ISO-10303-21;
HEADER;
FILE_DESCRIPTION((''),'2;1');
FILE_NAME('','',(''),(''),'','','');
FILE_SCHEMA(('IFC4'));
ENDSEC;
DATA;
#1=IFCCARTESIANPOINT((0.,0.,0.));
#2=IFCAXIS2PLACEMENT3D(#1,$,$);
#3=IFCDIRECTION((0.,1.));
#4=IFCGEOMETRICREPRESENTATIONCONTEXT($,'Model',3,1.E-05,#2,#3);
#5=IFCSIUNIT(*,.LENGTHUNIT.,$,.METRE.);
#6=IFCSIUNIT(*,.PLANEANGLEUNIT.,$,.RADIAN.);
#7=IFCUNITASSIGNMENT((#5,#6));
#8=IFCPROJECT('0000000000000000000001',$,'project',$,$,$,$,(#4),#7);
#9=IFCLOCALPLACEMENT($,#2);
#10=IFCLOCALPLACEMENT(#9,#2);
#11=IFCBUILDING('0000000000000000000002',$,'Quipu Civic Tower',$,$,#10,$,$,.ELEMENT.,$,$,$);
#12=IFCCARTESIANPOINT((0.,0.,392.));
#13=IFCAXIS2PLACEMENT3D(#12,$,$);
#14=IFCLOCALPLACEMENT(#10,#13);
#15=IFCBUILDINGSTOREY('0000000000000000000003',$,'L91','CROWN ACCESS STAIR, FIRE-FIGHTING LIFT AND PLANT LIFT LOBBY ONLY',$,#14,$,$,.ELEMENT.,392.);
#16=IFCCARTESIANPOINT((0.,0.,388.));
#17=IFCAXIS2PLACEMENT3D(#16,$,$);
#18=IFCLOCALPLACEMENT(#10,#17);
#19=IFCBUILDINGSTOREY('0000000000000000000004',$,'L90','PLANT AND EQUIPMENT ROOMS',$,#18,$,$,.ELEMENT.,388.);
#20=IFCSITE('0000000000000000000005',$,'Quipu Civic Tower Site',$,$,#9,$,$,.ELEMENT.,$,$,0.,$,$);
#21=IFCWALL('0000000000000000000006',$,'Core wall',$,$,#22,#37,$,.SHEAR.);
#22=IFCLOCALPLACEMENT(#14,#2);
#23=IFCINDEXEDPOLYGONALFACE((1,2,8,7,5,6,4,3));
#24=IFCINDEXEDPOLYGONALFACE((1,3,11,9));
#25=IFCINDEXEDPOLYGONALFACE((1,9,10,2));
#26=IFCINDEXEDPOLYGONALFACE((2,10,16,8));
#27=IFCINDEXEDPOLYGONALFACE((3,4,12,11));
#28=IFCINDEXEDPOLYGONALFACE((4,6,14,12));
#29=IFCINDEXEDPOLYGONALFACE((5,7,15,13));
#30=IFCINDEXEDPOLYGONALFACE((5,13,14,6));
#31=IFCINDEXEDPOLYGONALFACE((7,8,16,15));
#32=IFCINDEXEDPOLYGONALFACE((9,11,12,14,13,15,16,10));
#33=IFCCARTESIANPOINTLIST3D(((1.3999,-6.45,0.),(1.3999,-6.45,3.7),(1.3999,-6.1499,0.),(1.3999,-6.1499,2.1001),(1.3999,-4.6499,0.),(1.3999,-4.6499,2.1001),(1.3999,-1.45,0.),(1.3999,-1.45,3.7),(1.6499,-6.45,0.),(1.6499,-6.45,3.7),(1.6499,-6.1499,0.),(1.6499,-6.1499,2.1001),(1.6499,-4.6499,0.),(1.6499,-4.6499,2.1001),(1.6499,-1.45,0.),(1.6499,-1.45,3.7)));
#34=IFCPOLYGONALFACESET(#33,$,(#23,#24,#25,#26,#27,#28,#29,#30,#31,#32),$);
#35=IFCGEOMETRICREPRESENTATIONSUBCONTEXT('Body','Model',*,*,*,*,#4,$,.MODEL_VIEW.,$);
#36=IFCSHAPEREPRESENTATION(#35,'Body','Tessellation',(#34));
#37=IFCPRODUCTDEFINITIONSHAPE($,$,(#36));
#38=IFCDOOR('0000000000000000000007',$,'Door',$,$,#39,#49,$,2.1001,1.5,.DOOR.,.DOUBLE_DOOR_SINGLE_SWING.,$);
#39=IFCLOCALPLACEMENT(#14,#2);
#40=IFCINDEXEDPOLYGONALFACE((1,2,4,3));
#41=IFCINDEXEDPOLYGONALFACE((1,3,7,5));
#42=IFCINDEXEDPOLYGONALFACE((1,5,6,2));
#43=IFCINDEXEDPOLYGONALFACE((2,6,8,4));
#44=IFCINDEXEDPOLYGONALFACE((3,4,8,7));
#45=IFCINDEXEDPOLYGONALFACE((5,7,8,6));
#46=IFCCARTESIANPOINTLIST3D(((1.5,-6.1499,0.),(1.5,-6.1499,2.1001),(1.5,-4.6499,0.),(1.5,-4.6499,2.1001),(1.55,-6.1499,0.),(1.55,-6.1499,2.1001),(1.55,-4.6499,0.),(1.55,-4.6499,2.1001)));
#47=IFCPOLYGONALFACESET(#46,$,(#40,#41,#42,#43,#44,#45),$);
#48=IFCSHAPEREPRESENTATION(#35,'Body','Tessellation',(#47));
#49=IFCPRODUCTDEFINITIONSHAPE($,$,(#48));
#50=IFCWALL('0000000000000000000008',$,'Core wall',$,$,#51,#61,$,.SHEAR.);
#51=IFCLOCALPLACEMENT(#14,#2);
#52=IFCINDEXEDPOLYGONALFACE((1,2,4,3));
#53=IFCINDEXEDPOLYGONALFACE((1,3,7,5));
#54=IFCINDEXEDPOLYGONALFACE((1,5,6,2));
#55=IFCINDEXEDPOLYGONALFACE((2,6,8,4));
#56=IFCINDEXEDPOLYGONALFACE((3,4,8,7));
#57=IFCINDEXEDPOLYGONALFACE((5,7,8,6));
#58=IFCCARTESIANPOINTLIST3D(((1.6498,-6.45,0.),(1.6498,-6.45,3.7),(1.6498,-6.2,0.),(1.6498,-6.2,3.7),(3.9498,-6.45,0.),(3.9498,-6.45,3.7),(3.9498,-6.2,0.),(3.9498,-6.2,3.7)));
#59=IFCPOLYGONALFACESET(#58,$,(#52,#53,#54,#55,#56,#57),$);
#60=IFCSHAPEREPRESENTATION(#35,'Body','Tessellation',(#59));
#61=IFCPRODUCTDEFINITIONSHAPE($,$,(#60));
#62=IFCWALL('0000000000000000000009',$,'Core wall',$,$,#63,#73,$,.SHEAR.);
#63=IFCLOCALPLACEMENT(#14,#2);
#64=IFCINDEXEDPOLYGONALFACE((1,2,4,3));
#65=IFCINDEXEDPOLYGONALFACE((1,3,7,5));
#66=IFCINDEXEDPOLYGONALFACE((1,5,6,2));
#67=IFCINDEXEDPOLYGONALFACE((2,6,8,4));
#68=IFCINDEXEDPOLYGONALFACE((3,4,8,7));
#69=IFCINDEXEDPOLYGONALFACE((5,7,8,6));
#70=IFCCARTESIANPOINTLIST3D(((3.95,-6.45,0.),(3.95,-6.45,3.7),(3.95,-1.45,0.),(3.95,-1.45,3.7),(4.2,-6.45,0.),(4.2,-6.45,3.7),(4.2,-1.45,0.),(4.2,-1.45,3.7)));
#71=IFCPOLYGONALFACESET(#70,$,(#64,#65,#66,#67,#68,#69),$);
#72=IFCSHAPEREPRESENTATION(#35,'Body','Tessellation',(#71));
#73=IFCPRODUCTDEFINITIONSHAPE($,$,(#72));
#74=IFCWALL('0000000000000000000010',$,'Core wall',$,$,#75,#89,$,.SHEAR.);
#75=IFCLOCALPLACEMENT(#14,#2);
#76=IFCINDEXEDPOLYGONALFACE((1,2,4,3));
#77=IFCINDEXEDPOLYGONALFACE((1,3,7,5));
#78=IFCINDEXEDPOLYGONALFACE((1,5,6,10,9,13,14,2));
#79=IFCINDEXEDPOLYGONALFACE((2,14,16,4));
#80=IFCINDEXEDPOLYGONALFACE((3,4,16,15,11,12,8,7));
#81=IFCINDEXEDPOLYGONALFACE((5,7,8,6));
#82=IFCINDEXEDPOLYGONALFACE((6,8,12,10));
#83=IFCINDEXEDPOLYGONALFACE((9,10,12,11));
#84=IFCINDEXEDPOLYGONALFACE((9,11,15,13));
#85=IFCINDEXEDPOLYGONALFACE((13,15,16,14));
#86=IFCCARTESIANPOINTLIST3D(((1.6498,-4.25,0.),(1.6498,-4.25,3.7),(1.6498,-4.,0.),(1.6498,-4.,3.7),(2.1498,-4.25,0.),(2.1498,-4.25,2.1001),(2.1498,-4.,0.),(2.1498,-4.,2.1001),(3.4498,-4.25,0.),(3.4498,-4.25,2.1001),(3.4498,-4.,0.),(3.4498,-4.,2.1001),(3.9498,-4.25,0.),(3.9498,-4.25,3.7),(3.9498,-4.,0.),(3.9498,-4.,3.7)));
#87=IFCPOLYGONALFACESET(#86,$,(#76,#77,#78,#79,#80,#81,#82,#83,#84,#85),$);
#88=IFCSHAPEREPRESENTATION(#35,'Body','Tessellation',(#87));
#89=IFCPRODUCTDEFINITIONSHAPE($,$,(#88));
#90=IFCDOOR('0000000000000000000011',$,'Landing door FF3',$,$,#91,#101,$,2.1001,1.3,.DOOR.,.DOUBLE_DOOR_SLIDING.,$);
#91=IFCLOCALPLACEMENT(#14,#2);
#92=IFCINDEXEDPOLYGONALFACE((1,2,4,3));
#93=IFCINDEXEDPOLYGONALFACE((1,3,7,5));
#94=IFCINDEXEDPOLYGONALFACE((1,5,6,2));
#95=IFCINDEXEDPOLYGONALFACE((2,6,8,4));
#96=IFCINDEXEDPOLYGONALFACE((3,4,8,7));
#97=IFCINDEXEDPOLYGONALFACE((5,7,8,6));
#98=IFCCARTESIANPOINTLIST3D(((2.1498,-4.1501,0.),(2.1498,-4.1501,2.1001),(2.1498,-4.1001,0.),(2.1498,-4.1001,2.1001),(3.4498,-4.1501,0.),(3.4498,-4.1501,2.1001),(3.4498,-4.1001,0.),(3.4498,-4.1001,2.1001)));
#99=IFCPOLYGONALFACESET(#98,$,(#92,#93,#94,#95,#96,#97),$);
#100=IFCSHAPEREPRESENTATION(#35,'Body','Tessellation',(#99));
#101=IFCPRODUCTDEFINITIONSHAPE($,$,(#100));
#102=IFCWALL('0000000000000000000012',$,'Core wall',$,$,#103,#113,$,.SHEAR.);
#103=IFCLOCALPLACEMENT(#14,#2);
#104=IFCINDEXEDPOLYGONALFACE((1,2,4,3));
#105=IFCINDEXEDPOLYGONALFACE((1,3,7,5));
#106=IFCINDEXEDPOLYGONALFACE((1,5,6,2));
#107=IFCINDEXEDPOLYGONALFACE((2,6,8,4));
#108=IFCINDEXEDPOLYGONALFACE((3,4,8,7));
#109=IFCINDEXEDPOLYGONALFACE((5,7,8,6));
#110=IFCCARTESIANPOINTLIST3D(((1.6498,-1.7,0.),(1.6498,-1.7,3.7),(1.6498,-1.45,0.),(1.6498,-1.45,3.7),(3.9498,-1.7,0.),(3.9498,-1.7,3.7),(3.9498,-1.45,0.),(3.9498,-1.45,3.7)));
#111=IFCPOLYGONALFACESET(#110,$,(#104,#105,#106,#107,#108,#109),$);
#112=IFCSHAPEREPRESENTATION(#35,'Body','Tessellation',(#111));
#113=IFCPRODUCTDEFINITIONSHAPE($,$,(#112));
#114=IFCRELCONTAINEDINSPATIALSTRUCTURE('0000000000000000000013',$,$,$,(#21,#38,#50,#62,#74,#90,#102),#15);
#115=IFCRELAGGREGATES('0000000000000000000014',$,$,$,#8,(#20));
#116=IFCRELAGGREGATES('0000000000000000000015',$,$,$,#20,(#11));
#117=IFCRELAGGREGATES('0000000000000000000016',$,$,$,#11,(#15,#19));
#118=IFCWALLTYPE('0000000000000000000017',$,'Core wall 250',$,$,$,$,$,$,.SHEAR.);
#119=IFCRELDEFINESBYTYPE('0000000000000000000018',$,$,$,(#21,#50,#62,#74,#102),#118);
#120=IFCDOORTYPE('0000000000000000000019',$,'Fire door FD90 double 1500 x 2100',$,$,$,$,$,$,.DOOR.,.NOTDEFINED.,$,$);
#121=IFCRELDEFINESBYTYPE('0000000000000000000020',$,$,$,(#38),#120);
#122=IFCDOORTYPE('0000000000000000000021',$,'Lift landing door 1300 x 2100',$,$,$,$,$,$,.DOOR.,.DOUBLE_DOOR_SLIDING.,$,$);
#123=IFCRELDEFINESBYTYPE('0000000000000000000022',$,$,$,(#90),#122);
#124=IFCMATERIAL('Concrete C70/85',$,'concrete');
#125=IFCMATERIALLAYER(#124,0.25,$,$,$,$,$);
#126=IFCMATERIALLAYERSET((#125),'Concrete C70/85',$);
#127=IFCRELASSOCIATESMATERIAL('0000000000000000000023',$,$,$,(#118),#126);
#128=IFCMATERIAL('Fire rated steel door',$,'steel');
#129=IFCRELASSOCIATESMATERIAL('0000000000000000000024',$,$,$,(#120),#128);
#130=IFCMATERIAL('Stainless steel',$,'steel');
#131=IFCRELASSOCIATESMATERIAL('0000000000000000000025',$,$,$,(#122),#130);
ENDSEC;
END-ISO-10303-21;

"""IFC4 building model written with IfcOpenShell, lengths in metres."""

from ifc_helpers import new_model, si_unit, direction, frame, frame_2d, origin, place, context, subcontext, project, spatial, rectangle, extrude, material, layer, layer_set, type_object, element, fill, save


model = new_model("IFC4")

# Units and contexts
model_context = context("Model", 3, precision=1e-05, world=origin(), true_north=direction((0.0, 1.0)))
body_context = subcontext(model_context, "Body", "Model", "MODEL_VIEW")
ifc_project = project(units=[si_unit("LENGTHUNIT", "METRE"), si_unit("PLANEANGLEUNIT", "RADIAN")], contexts=[model_context])

# Site, building, storey
site_placement = place(None, origin())
site = spatial("IfcSite", under=ifc_project, at=site_placement, Name="Quipu Civic Tower Site", CompositionType="ELEMENT", RefElevation=0.0)
building_placement = place(site_placement, origin())
building = spatial("IfcBuilding", under=site, at=building_placement, Name="Quipu Civic Tower", CompositionType="ELEMENT")
storey_1_placement = place(building_placement, frame((0.0, 0.0, 392.0)))
storey_1 = spatial("IfcBuildingStorey", under=building, at=storey_1_placement, Name="L91", Description="CROWN ACCESS STAIR, FIRE-FIGHTING LIFT AND PLANT LIFT LOBBY ONLY", CompositionType="ELEMENT", Elevation=392.0)

# Shared definitions
storey_2_placement = place(building_placement, frame((0.0, 0.0, 388.0)))
storey_2 = spatial("IfcBuildingStorey", under=building, at=storey_2_placement, Name="L90", Description="PLANT AND EQUIPMENT ROOMS", CompositionType="ELEMENT", Elevation=388.0)

# Wall, opening, door
ifc_material_1 = material(Name="Concrete C70/85", Category="concrete")
ifc_layer_1 = layer(ifc_material_1, 0.25)
ifc_layer_set_1 = layer_set([ifc_layer_1], Name="Concrete C70/85")
wall_type = type_object("IfcWallType", Name="Core wall 250", PredefinedType="SHEAR", material=ifc_layer_set_1)
wall_1_placement = place(storey_1_placement, frame((1.5249, -6.45, 0.0), z_axis=(0.0, 0.0, 1.0), x_axis=(0.0, 1.0, 0.0)))
wall_1 = element("IfcWall", 1, at=wall_1_placement, inside=storey_1, type_object=wall_type, Name="Core wall", PredefinedType="SHEAR", context=body_context, shape_type="SweptSolid", body=[
    extrude(rectangle(XDim=5.0, YDim=0.25, at=frame_2d((2.5, 0.0))), origin(), (0.0, 0.0, 1.0), 3.7),
])
opening_1_placement = place(wall_1_placement, frame((0.3, 0.0, 0.0)))
opening_1 = element("IfcOpeningElement", 2, at=opening_1_placement, cuts=wall_1, PredefinedType="OPENING", context=body_context, shape_type="SweptSolid", body=[
    extrude(rectangle(XDim=1.5, YDim=2.1001, at=frame_2d((0.75, 1.05))), frame((0.0, 0.135, 0.0), z_axis=(0.0, -1.0, 0.0), x_axis=(1.0, 0.0, 0.0)), (0.0, 0.0, 1.0), 0.27),
])
ifc_material_2 = material(Name="Fire rated steel door", Category="steel")
door_type_1 = type_object("IfcDoorType", Name="Fire door FD90 double 1500 x 2100", OperationType="NOTDEFINED", PredefinedType="DOOR", material=ifc_material_2)
door_1_placement = place(opening_1_placement, origin())
door_1 = element("IfcDoor", 3, at=door_1_placement, inside=storey_1, type_object=door_type_1, Name="Door", OperationType="DOUBLE_DOOR_SINGLE_SWING", OverallHeight=2.1001, OverallWidth=1.5, PredefinedType="DOOR", context=body_context, shape_type="SweptSolid", body=[
    extrude(rectangle(XDim=1.5, YDim=2.1001, at=frame_2d((0.75, 1.05))), frame((0.0, 0.0249, 0.0), z_axis=(0.0, -1.0, 0.0), x_axis=(1.0, 0.0, 0.0)), (0.0, 0.0, 1.0), 0.05),
])
fill(opening_1, door_1)

# Walls
wall_2_placement = place(storey_1_placement, frame((1.6499, -6.325, 0.0), z_axis=(0.0, 0.0, 1.0), x_axis=(1.0, 0.0, 0.0)))
element("IfcWall", 4, at=wall_2_placement, inside=storey_1, type_object=wall_type, Name="Core wall", PredefinedType="SHEAR", context=body_context, shape_type="SweptSolid", body=[
    extrude(rectangle(XDim=2.3, YDim=0.25, at=frame_2d((1.1499, 0.0))), origin(), (0.0, 0.0, 1.0), 3.7),
])
wall_3_placement = place(storey_1_placement, frame((4.075, -6.45, 0.0), z_axis=(0.0, 0.0, 1.0), x_axis=(0.0, 1.0, 0.0)))
element("IfcWall", 5, at=wall_3_placement, inside=storey_1, type_object=wall_type, Name="Core wall", PredefinedType="SHEAR", context=body_context, shape_type="SweptSolid", body=[
    extrude(rectangle(XDim=5.0, YDim=0.25, at=frame_2d((2.5, 0.0))), origin(), (0.0, 0.0, 1.0), 3.7),
])

# Wall, opening, door
wall_4_placement = place(storey_1_placement, frame((1.6499, -4.125, 0.0), z_axis=(0.0, 0.0, 1.0), x_axis=(1.0, 0.0, 0.0)))
wall_4 = element("IfcWall", 6, at=wall_4_placement, inside=storey_1, type_object=wall_type, Name="Core wall", PredefinedType="SHEAR", context=body_context, shape_type="SweptSolid", body=[
    extrude(rectangle(XDim=2.3, YDim=0.25, at=frame_2d((1.1499, 0.0))), origin(), (0.0, 0.0, 1.0), 3.7),
])
opening_2_placement = place(wall_4_placement, frame((0.5, 0.0, 0.0)))
opening_2 = element("IfcOpeningElement", 7, at=opening_2_placement, cuts=wall_4, PredefinedType="OPENING", context=body_context, shape_type="SweptSolid", body=[
    extrude(rectangle(XDim=1.3, YDim=2.1001, at=frame_2d((0.6499, 1.05))), frame((0.0, 0.135, 0.0), z_axis=(0.0, -1.0, 0.0), x_axis=(1.0, 0.0, 0.0)), (0.0, 0.0, 1.0), 0.27),
])
ifc_material_3 = material(Name="Stainless steel", Category="steel")
door_type_2 = type_object("IfcDoorType", Name="Lift landing door 1300 x 2100", OperationType="DOUBLE_DOOR_SLIDING", PredefinedType="DOOR", material=ifc_material_3)
door_2_placement = place(opening_2_placement, origin())
door_2 = element("IfcDoor", 8, at=door_2_placement, inside=storey_1, type_object=door_type_2, Name="Landing door FF3", OperationType="DOUBLE_DOOR_SLIDING", OverallHeight=2.1001, OverallWidth=1.3, PredefinedType="DOOR", context=body_context, shape_type="SweptSolid", body=[
    extrude(rectangle(XDim=1.3, YDim=2.1001, at=frame_2d((0.6499, 1.05))), frame((0.0, 0.0249, 0.0), z_axis=(0.0, -1.0, 0.0), x_axis=(1.0, 0.0, 0.0)), (0.0, 0.0, 1.0), 0.05),
])
fill(opening_2, door_2)

# Wall
wall_5_placement = place(storey_1_placement, frame((1.6499, -1.575, 0.0), z_axis=(0.0, 0.0, 1.0), x_axis=(1.0, 0.0, 0.0)))
element("IfcWall", 9, at=wall_5_placement, inside=storey_1, type_object=wall_type, Name="Core wall", PredefinedType="SHEAR", context=body_context, shape_type="SweptSolid", body=[
    extrude(rectangle(XDim=2.3, YDim=0.25, at=frame_2d((1.1499, 0.0))), origin(), (0.0, 0.0, 1.0), 3.7),
])

save(model, "model.ifc")
